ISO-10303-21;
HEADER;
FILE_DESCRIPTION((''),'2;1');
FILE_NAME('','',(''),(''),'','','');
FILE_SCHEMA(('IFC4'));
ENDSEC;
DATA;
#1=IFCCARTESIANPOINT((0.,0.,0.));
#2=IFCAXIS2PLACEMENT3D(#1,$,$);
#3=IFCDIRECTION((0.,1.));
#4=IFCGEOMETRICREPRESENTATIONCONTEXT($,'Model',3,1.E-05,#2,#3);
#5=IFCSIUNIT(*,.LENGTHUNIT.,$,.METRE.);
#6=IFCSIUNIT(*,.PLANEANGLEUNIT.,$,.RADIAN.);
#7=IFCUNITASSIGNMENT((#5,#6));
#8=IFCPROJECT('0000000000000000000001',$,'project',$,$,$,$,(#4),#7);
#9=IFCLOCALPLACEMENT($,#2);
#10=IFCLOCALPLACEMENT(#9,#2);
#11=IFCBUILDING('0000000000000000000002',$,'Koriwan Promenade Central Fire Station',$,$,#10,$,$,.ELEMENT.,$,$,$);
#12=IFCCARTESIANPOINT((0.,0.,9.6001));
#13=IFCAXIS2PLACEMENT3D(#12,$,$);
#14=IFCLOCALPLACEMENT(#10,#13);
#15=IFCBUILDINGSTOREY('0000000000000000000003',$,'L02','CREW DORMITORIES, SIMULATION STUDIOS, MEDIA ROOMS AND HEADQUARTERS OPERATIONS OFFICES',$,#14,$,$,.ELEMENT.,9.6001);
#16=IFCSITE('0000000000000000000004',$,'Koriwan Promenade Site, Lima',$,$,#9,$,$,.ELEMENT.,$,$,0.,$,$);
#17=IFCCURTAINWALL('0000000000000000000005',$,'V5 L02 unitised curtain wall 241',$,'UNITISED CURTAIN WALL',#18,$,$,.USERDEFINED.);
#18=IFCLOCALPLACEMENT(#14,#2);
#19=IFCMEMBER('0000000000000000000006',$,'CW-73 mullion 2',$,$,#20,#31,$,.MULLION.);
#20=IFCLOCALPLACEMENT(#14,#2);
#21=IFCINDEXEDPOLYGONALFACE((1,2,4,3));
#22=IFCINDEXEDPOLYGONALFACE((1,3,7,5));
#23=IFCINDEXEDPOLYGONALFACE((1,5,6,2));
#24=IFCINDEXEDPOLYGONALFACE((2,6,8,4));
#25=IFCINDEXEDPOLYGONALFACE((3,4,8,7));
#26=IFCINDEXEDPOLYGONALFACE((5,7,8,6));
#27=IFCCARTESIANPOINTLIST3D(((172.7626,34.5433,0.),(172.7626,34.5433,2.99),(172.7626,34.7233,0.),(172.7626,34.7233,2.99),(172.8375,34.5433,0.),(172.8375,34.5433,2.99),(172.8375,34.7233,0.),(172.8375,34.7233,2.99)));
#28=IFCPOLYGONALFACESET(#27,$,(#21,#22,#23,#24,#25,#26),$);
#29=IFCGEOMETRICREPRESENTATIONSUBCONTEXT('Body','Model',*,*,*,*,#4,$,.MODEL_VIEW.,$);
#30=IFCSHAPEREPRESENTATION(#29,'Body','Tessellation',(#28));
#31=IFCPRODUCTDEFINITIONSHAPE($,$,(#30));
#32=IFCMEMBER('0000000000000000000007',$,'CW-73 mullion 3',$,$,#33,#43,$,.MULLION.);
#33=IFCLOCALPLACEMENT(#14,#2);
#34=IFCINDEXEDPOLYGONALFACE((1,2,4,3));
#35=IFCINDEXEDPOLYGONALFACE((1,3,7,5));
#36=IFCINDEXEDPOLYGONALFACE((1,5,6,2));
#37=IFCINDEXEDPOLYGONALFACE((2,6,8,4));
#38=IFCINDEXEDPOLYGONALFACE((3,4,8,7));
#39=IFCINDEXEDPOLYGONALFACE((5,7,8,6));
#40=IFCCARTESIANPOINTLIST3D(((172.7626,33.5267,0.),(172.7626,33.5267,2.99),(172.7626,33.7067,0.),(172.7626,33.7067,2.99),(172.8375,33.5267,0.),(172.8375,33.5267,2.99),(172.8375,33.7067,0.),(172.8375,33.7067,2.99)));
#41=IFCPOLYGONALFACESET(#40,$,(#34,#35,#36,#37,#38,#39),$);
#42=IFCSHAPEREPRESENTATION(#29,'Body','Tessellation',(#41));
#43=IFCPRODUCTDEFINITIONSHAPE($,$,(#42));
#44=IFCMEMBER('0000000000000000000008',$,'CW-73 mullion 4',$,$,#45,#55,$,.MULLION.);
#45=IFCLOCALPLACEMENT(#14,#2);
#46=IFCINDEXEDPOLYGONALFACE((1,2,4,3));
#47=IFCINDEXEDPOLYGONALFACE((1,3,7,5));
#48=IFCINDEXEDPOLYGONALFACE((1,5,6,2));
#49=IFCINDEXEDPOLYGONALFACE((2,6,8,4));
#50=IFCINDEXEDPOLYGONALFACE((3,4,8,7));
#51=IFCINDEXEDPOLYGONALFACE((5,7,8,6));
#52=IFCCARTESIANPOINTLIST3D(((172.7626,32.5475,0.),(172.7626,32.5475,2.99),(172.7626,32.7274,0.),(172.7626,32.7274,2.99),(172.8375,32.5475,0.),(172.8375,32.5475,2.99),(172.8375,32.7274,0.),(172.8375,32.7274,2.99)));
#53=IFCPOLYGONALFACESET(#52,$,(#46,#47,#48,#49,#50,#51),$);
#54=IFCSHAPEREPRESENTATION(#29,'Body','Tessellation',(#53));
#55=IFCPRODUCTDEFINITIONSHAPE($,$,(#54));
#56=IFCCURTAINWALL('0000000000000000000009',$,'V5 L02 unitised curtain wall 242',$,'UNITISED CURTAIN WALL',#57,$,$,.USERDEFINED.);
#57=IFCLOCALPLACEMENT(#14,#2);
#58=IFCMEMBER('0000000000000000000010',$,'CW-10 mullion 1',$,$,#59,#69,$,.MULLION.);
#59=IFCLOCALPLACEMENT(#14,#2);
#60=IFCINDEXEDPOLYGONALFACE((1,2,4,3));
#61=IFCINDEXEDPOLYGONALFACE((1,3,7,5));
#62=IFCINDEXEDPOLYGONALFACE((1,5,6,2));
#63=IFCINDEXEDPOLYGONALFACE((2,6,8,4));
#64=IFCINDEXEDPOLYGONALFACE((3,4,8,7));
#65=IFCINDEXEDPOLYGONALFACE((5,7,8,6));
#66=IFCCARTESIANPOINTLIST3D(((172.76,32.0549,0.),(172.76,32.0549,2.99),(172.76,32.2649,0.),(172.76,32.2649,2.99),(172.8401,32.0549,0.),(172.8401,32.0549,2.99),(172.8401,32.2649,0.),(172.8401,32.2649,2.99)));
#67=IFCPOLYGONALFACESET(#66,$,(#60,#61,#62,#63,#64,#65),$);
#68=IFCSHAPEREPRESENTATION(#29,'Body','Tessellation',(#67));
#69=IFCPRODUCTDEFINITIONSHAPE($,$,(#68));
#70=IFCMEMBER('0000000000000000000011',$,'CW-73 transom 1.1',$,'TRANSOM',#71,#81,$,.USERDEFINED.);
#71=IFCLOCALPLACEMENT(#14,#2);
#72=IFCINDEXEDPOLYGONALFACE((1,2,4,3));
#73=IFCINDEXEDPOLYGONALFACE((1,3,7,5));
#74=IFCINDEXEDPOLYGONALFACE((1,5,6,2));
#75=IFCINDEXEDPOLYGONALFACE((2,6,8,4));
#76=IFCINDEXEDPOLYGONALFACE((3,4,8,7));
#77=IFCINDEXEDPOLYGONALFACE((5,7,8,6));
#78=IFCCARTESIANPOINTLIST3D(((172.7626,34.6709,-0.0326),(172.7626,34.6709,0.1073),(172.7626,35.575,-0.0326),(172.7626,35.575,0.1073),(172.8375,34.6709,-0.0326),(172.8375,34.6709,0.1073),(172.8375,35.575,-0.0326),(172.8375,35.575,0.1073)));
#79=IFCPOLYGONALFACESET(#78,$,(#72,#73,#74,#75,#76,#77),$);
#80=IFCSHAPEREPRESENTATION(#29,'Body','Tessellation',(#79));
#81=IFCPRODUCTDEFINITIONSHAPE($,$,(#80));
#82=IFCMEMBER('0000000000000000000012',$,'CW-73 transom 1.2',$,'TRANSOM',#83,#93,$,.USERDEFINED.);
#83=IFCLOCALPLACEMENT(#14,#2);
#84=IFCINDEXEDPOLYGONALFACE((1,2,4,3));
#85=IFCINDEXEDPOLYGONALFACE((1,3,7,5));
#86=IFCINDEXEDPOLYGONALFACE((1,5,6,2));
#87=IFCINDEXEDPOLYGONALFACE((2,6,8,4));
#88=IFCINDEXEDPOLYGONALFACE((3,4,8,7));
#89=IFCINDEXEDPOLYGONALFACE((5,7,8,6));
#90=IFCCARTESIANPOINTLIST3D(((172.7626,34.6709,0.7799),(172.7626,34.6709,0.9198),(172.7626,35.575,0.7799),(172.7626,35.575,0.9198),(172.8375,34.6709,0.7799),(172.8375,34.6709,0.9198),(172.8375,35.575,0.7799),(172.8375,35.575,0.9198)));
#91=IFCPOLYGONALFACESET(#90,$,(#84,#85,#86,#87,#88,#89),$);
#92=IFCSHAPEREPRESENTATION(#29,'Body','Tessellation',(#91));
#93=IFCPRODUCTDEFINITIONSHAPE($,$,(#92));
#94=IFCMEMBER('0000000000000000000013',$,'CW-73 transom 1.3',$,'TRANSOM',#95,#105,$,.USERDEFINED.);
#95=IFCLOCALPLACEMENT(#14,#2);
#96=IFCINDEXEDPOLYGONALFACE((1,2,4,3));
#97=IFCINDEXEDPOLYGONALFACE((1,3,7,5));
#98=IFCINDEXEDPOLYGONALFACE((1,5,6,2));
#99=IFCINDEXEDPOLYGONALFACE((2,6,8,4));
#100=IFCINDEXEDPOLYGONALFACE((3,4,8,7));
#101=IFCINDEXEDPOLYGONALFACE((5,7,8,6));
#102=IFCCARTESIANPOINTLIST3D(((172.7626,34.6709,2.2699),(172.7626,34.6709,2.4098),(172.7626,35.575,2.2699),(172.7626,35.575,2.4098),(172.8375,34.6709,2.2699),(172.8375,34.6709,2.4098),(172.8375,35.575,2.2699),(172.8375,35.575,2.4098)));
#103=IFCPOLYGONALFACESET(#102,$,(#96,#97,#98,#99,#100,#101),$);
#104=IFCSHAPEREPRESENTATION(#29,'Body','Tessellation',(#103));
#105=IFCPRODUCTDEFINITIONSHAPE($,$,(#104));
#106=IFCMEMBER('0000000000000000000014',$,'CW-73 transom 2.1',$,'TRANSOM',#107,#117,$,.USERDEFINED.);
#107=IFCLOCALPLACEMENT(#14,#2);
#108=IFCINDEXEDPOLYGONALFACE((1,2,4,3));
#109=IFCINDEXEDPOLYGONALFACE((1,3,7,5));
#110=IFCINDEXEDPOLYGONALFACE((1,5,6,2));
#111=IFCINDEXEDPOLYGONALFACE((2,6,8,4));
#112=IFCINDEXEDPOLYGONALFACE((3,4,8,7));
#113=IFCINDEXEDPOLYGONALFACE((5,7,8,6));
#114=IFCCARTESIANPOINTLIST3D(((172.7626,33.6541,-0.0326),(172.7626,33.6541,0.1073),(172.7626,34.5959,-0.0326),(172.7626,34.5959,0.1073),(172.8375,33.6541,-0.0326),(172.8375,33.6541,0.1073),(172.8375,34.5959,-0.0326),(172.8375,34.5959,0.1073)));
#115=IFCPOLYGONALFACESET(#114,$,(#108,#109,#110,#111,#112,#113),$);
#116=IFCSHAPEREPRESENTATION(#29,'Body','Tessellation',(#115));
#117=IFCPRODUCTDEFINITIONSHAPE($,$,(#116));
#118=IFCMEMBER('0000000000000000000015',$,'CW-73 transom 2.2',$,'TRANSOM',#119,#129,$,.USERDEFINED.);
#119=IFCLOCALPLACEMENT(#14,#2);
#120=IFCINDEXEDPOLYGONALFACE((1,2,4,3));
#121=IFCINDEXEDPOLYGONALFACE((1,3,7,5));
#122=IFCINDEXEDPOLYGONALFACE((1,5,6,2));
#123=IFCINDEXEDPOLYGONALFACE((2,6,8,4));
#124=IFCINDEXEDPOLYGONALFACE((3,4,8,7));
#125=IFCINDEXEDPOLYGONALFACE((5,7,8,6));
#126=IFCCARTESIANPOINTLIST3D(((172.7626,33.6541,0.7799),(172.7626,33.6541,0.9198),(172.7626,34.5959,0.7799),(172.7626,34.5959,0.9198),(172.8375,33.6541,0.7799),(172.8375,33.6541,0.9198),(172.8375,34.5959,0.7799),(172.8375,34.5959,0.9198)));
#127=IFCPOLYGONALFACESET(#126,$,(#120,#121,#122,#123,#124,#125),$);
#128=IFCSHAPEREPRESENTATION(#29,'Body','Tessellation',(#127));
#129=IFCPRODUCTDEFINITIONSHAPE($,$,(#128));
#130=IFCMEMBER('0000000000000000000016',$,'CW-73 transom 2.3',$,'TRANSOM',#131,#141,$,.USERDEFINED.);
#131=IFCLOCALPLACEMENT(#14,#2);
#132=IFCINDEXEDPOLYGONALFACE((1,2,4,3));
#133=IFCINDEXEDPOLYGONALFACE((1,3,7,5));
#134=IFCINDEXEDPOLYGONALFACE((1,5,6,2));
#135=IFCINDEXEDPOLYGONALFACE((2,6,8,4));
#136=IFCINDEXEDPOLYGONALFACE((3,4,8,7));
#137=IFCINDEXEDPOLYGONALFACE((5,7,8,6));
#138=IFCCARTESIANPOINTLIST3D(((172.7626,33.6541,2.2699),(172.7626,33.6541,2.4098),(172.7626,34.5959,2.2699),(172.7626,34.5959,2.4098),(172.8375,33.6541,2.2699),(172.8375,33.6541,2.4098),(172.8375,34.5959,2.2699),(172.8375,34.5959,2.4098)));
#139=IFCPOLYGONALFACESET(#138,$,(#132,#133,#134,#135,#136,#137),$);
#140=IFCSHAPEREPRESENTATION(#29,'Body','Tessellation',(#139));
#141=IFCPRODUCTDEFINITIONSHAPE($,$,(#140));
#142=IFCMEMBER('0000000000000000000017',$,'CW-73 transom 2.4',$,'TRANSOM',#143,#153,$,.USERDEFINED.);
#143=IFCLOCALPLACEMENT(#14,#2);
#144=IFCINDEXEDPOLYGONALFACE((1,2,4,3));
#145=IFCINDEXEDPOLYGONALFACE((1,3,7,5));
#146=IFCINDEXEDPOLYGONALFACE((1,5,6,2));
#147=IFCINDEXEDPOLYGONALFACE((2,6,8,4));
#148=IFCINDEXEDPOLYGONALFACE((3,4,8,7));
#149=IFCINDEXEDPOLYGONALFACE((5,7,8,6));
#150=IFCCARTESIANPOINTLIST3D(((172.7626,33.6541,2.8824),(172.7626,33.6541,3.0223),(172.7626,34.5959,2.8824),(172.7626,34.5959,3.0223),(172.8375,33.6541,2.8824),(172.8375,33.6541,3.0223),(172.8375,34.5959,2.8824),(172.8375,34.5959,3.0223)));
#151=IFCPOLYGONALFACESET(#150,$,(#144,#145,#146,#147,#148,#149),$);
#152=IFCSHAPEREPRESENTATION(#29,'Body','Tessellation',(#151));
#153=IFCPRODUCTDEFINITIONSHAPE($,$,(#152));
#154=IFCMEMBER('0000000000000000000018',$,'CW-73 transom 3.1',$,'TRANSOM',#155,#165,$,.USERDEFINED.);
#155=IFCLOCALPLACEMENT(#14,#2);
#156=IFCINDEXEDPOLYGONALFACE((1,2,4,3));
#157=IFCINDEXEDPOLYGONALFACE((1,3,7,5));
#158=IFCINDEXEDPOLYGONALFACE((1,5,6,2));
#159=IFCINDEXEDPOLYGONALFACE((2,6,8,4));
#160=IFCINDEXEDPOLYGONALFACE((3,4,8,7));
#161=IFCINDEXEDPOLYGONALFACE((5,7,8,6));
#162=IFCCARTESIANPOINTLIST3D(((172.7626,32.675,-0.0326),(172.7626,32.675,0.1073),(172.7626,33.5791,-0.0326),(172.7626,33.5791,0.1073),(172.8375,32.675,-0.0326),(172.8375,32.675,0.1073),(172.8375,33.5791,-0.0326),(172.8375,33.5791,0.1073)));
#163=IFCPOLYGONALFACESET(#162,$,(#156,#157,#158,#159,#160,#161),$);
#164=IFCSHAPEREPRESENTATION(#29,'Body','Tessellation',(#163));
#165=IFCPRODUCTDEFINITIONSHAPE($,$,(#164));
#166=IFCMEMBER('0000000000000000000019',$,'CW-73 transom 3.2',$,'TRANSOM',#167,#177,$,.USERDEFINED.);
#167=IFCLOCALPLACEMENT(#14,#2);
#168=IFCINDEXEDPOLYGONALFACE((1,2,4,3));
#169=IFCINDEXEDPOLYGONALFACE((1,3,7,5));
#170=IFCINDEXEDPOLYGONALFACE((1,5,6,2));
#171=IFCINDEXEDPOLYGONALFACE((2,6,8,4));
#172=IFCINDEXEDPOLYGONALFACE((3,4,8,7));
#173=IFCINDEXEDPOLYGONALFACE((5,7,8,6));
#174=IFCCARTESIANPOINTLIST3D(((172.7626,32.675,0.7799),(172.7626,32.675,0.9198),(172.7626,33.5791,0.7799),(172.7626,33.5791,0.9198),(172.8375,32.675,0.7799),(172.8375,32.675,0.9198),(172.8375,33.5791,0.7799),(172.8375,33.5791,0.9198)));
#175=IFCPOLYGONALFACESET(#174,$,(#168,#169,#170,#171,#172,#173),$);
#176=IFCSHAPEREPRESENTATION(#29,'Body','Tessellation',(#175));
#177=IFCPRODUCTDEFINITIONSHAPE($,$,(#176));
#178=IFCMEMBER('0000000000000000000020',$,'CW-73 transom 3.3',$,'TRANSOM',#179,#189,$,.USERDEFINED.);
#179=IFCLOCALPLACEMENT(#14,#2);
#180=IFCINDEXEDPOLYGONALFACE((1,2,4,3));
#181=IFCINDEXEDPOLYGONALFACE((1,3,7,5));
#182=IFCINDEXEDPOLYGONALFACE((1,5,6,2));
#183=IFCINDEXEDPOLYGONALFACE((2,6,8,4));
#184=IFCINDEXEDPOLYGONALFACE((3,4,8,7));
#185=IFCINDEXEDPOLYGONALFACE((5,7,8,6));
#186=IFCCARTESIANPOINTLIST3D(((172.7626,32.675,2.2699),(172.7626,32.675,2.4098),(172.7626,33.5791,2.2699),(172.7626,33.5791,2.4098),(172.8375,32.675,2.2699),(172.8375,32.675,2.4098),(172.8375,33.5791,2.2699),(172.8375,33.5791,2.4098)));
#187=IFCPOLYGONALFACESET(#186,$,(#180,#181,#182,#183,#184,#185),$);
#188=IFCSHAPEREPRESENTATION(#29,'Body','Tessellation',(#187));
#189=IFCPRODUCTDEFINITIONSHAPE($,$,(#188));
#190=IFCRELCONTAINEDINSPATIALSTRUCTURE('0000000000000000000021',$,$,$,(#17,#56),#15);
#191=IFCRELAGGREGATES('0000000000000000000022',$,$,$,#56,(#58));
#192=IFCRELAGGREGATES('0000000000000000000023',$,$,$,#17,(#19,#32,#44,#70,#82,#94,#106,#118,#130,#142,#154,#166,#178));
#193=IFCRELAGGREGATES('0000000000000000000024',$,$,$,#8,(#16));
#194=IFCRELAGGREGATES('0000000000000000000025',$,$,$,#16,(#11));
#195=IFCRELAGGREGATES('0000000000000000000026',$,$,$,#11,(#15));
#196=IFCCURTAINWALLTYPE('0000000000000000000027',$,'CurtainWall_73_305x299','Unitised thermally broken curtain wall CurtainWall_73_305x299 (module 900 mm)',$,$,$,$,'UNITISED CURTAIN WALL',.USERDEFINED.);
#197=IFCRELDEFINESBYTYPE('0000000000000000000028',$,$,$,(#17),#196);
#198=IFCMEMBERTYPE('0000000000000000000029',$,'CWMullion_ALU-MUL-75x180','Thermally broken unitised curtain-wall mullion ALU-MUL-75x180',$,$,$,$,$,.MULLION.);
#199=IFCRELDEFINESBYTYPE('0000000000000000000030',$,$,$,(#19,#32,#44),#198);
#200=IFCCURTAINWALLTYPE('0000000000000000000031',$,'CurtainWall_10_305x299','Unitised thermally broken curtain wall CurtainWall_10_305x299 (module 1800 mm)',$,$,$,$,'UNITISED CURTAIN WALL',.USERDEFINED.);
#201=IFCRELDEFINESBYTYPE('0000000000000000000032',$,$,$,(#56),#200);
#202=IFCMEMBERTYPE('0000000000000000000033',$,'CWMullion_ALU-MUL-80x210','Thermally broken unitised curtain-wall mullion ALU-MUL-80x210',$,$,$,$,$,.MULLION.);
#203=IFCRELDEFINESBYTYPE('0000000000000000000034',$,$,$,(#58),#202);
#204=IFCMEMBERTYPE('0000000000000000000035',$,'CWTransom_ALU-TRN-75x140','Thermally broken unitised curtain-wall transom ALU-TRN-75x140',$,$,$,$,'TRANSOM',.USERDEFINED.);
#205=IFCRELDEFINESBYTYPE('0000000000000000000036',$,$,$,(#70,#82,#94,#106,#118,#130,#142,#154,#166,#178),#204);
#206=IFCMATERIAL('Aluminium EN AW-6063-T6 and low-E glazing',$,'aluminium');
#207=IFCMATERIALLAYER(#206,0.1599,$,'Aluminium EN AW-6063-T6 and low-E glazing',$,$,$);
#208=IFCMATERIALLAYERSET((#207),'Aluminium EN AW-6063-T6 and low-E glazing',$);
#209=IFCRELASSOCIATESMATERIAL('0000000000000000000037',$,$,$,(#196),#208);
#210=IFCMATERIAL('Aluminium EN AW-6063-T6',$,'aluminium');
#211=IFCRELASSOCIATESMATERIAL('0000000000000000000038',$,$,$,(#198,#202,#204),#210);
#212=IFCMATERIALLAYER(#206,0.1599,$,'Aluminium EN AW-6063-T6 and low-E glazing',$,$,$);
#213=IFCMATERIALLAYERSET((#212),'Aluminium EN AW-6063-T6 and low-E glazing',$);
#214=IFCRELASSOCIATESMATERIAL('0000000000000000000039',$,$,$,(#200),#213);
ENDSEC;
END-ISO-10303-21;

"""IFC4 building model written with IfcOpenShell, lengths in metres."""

from ifc_helpers import new_model, si_unit, direction, frame, origin, origin_2d, place, context, subcontext, project, spatial, rectangle, extrude, material, layer, layer_set, material_profile, profile_set, type_object, element, aggregate, save


model = new_model("IFC4")

# Units and contexts
model_context = context("Model", 3, precision=1e-05, world=origin(), true_north=direction((0.0, 1.0)))
body_context = subcontext(model_context, "Body", "Model", "MODEL_VIEW")
ifc_project = project(units=[si_unit("LENGTHUNIT", "METRE"), si_unit("PLANEANGLEUNIT", "RADIAN")], contexts=[model_context])

# Site, building, storey
site_placement = place(None, origin())
site = spatial("IfcSite", under=ifc_project, at=site_placement, Name="Koriwan Promenade Site, Lima", CompositionType="ELEMENT", RefElevation=0.0)
building_placement = place(site_placement, origin())
building = spatial("IfcBuilding", under=site, at=building_placement, Name="Koriwan Promenade Central Fire Station", CompositionType="ELEMENT")
storey_placement = place(building_placement, frame((0.0, 0.0, 9.6001)))
storey = spatial("IfcBuildingStorey", under=building, at=storey_placement, Name="L02", Description="CREW DORMITORIES, SIMULATION STUDIOS, MEDIA ROOMS AND HEADQUARTERS OPERATIONS OFFICES", CompositionType="ELEMENT", Elevation=9.6001)

# Curtain wall, members
ifc_material_1 = material(Name="Aluminium EN AW-6063-T6 and low-E glazing", Category="aluminium")
ifc_layer_1 = layer(ifc_material_1, 0.1599, Name="Aluminium EN AW-6063-T6 and low-E glazing")
ifc_layer_set_1 = layer_set([ifc_layer_1], Name="Aluminium EN AW-6063-T6 and low-E glazing")
curtain_wall_type_1 = type_object("IfcCurtainWallType", Name="CurtainWall_73_305x299", Description="Unitised thermally broken curtain wall CurtainWall_73_305x299 (module 900 mm)", ElementType="UNITISED CURTAIN WALL", PredefinedType="USERDEFINED", material=ifc_layer_set_1)
curtain_wall_1_placement = place(storey_placement, origin())
curtain_wall_1 = element("IfcCurtainWall", 1, at=curtain_wall_1_placement, inside=storey, type_object=curtain_wall_type_1, Name="V5 L02 unitised curtain wall 241", ObjectType="UNITISED CURTAIN WALL", PredefinedType="USERDEFINED")
ifc_material_2 = material(Name="Aluminium EN AW-6063-T6", Category="aluminium")
ifc_material_profile_1 = material_profile(ifc_material_2, rectangle(XDim=0.075, YDim=0.1799, at=origin_2d()), Name="ALU-MUL-75x180")
ifc_profile_set_1 = profile_set([ifc_material_profile_1], Name="Aluminium EN AW-6063-T6")
member_type_1 = type_object("IfcMemberType", Name="CWMullion_ALU-MUL-75x180", Description="Thermally broken unitised curtain-wall mullion ALU-MUL-75x180", PredefinedType="MULLION", material=ifc_profile_set_1)
member_1_placement = place(storey_placement, frame((172.8, 34.6333, 0.0), z_axis=(0.0, 0.0, 1.0), x_axis=(1.0, 0.0, 0.0)))
member_1 = element("IfcMember", 2, at=member_1_placement, type_object=member_type_1, Name="CW-73 mullion 2", PredefinedType="MULLION", context=body_context, shape_type="SweptSolid", body=[
    extrude(rectangle(XDim=0.075, YDim=0.1799, at=origin_2d()), origin(), (0.0, 0.0, 1.0), 2.99),
])
member_2_placement = place(storey_placement, frame((172.8, 33.6167, 0.0), z_axis=(0.0, 0.0, 1.0), x_axis=(1.0, 0.0, 0.0)))
member_2 = element("IfcMember", 3, at=member_2_placement, type_object=member_type_1, Name="CW-73 mullion 3", PredefinedType="MULLION", context=body_context, shape_type="SweptSolid", body=[
    extrude(rectangle(XDim=0.075, YDim=0.1799, at=origin_2d()), origin(), (0.0, 0.0, 1.0), 2.99),
])
member_3_placement = place(storey_placement, frame((172.8, 32.6375, 0.0), z_axis=(0.0, 0.0, 1.0), x_axis=(1.0, 0.0, 0.0)))
member_3 = element("IfcMember", 4, at=member_3_placement, type_object=member_type_1, Name="CW-73 mullion 4", PredefinedType="MULLION", context=body_context, shape_type="SweptSolid", body=[
    extrude(rectangle(XDim=0.075, YDim=0.1799, at=origin_2d()), origin(), (0.0, 0.0, 1.0), 2.99),
])

# Curtain wall, member
ifc_layer_2 = layer(ifc_material_1, 0.1599, Name="Aluminium EN AW-6063-T6 and low-E glazing")
ifc_layer_set_2 = layer_set([ifc_layer_2], Name="Aluminium EN AW-6063-T6 and low-E glazing")
curtain_wall_type_2 = type_object("IfcCurtainWallType", Name="CurtainWall_10_305x299", Description="Unitised thermally broken curtain wall CurtainWall_10_305x299 (module 1800 mm)", ElementType="UNITISED CURTAIN WALL", PredefinedType="USERDEFINED", material=ifc_layer_set_2)
curtain_wall_2_placement = place(storey_placement, origin())
curtain_wall_2 = element("IfcCurtainWall", 5, at=curtain_wall_2_placement, inside=storey, type_object=curtain_wall_type_2, Name="V5 L02 unitised curtain wall 242", ObjectType="UNITISED CURTAIN WALL", PredefinedType="USERDEFINED")
ifc_material_profile_2 = material_profile(ifc_material_2, rectangle(XDim=0.0801, YDim=0.21, at=origin_2d()), Name="ALU-MUL-80x210")
ifc_profile_set_2 = profile_set([ifc_material_profile_2], Name="Aluminium EN AW-6063-T6")
member_type_2 = type_object("IfcMemberType", Name="CWMullion_ALU-MUL-80x210", Description="Thermally broken unitised curtain-wall mullion ALU-MUL-80x210", PredefinedType="MULLION", material=ifc_profile_set_2)
member_4_placement = place(storey_placement, frame((172.8, 32.1599, 0.0), z_axis=(0.0, 0.0, 1.0), x_axis=(1.0, 0.0, 0.0)))
member_4 = element("IfcMember", 6, at=member_4_placement, type_object=member_type_2, Name="CW-10 mullion 1", PredefinedType="MULLION", context=body_context, shape_type="SweptSolid", body=[
    extrude(rectangle(XDim=0.0801, YDim=0.21, at=origin_2d()), origin(), (0.0, 0.0, 1.0), 2.99),
])

# Members
ifc_material_profile_3 = material_profile(ifc_material_2, rectangle(XDim=0.075, YDim=0.1399, at=origin_2d()), Name="ALU-TRN-75x140")
ifc_profile_set_3 = profile_set([ifc_material_profile_3], Name="Aluminium EN AW-6063-T6")
member_type_3 = type_object("IfcMemberType", Name="CWTransom_ALU-TRN-75x140", Description="Thermally broken unitised curtain-wall transom ALU-TRN-75x140", ElementType="TRANSOM", PredefinedType="USERDEFINED", material=ifc_profile_set_3)
member_5_placement = place(storey_placement, frame((172.8, 35.575, 0.0374), z_axis=(0.0, -1.0, 0.0), x_axis=(1.0, 0.0, 0.0)))
member_5 = element("IfcMember", 7, at=member_5_placement, type_object=member_type_3, Name="CW-73 transom 1.1", ObjectType="TRANSOM", PredefinedType="USERDEFINED", context=body_context, shape_type="SweptSolid", body=[
    extrude(rectangle(XDim=0.075, YDim=0.1399, at=origin_2d()), origin(), (0.0, 0.0, 1.0), 0.9041),
])
member_6_placement = place(storey_placement, frame((172.8, 35.575, 0.8499), z_axis=(0.0, -1.0, 0.0), x_axis=(1.0, 0.0, 0.0)))
member_6 = element("IfcMember", 8, at=member_6_placement, type_object=member_type_3, Name="CW-73 transom 1.2", ObjectType="TRANSOM", PredefinedType="USERDEFINED", context=body_context, shape_type="SweptSolid", body=[
    extrude(rectangle(XDim=0.075, YDim=0.1399, at=origin_2d()), origin(), (0.0, 0.0, 1.0), 0.9041),
])
member_7_placement = place(storey_placement, frame((172.8, 35.575, 2.3398), z_axis=(0.0, -1.0, 0.0), x_axis=(1.0, 0.0, 0.0)))
member_7 = element("IfcMember", 9, at=member_7_placement, type_object=member_type_3, Name="CW-73 transom 1.3", ObjectType="TRANSOM", PredefinedType="USERDEFINED", context=body_context, shape_type="SweptSolid", body=[
    extrude(rectangle(XDim=0.075, YDim=0.1399, at=origin_2d()), origin(), (0.0, 0.0, 1.0), 0.9041),
])
member_8_placement = place(storey_placement, frame((172.8, 34.5959, 0.0374), z_axis=(0.0, -1.0, 0.0), x_axis=(1.0, 0.0, 0.0)))
member_8 = element("IfcMember", 10, at=member_8_placement, type_object=member_type_3, Name="CW-73 transom 2.1", ObjectType="TRANSOM", PredefinedType="USERDEFINED", context=body_context, shape_type="SweptSolid", body=[
    extrude(rectangle(XDim=0.075, YDim=0.1399, at=origin_2d()), origin(), (0.0, 0.0, 1.0), 0.9419),
])
member_9_placement = place(storey_placement, frame((172.8, 34.5959, 0.8499), z_axis=(0.0, -1.0, 0.0), x_axis=(1.0, 0.0, 0.0)))
member_9 = element("IfcMember", 11, at=member_9_placement, type_object=member_type_3, Name="CW-73 transom 2.2", ObjectType="TRANSOM", PredefinedType="USERDEFINED", context=body_context, shape_type="SweptSolid", body=[
    extrude(rectangle(XDim=0.075, YDim=0.1399, at=origin_2d()), origin(), (0.0, 0.0, 1.0), 0.9419),
])
member_10_placement = place(storey_placement, frame((172.8, 34.5959, 2.3398), z_axis=(0.0, -1.0, 0.0), x_axis=(1.0, 0.0, 0.0)))
member_10 = element("IfcMember", 12, at=member_10_placement, type_object=member_type_3, Name="CW-73 transom 2.3", ObjectType="TRANSOM", PredefinedType="USERDEFINED", context=body_context, shape_type="SweptSolid", body=[
    extrude(rectangle(XDim=0.075, YDim=0.1399, at=origin_2d()), origin(), (0.0, 0.0, 1.0), 0.9419),
])
member_11_placement = place(storey_placement, frame((172.8, 34.5959, 2.9524), z_axis=(0.0, -1.0, 0.0), x_axis=(1.0, 0.0, 0.0)))
member_11 = element("IfcMember", 13, at=member_11_placement, type_object=member_type_3, Name="CW-73 transom 2.4", ObjectType="TRANSOM", PredefinedType="USERDEFINED", context=body_context, shape_type="SweptSolid", body=[
    extrude(rectangle(XDim=0.075, YDim=0.1399, at=origin_2d()), origin(), (0.0, 0.0, 1.0), 0.9419),
])
member_12_placement = place(storey_placement, frame((172.8, 33.5791, 0.0374), z_axis=(0.0, -1.0, 0.0), x_axis=(1.0, 0.0, 0.0)))
member_12 = element("IfcMember", 14, at=member_12_placement, type_object=member_type_3, Name="CW-73 transom 3.1", ObjectType="TRANSOM", PredefinedType="USERDEFINED", context=body_context, shape_type="SweptSolid", body=[
    extrude(rectangle(XDim=0.075, YDim=0.1399, at=origin_2d()), origin(), (0.0, 0.0, 1.0), 0.9041),
])
member_13_placement = place(storey_placement, frame((172.8, 33.5791, 0.8499), z_axis=(0.0, -1.0, 0.0), x_axis=(1.0, 0.0, 0.0)))
member_13 = element("IfcMember", 15, at=member_13_placement, type_object=member_type_3, Name="CW-73 transom 3.2", ObjectType="TRANSOM", PredefinedType="USERDEFINED", context=body_context, shape_type="SweptSolid", body=[
    extrude(rectangle(XDim=0.075, YDim=0.1399, at=origin_2d()), origin(), (0.0, 0.0, 1.0), 0.9041),
])
member_14_placement = place(storey_placement, frame((172.8, 33.5791, 2.3398), z_axis=(0.0, -1.0, 0.0), x_axis=(1.0, 0.0, 0.0)))
member_14 = element("IfcMember", 16, at=member_14_placement, type_object=member_type_3, Name="CW-73 transom 3.3", ObjectType="TRANSOM", PredefinedType="USERDEFINED", context=body_context, shape_type="SweptSolid", body=[
    extrude(rectangle(XDim=0.075, YDim=0.1399, at=origin_2d()), origin(), (0.0, 0.0, 1.0), 0.9041),
])
aggregate(curtain_wall_2, [member_4])

aggregate(curtain_wall_1, [member_1, member_2, member_3, member_5, member_6, member_7, member_8, member_9, member_10, member_11, member_12, member_13, member_14])

save(model, "model.ifc")
